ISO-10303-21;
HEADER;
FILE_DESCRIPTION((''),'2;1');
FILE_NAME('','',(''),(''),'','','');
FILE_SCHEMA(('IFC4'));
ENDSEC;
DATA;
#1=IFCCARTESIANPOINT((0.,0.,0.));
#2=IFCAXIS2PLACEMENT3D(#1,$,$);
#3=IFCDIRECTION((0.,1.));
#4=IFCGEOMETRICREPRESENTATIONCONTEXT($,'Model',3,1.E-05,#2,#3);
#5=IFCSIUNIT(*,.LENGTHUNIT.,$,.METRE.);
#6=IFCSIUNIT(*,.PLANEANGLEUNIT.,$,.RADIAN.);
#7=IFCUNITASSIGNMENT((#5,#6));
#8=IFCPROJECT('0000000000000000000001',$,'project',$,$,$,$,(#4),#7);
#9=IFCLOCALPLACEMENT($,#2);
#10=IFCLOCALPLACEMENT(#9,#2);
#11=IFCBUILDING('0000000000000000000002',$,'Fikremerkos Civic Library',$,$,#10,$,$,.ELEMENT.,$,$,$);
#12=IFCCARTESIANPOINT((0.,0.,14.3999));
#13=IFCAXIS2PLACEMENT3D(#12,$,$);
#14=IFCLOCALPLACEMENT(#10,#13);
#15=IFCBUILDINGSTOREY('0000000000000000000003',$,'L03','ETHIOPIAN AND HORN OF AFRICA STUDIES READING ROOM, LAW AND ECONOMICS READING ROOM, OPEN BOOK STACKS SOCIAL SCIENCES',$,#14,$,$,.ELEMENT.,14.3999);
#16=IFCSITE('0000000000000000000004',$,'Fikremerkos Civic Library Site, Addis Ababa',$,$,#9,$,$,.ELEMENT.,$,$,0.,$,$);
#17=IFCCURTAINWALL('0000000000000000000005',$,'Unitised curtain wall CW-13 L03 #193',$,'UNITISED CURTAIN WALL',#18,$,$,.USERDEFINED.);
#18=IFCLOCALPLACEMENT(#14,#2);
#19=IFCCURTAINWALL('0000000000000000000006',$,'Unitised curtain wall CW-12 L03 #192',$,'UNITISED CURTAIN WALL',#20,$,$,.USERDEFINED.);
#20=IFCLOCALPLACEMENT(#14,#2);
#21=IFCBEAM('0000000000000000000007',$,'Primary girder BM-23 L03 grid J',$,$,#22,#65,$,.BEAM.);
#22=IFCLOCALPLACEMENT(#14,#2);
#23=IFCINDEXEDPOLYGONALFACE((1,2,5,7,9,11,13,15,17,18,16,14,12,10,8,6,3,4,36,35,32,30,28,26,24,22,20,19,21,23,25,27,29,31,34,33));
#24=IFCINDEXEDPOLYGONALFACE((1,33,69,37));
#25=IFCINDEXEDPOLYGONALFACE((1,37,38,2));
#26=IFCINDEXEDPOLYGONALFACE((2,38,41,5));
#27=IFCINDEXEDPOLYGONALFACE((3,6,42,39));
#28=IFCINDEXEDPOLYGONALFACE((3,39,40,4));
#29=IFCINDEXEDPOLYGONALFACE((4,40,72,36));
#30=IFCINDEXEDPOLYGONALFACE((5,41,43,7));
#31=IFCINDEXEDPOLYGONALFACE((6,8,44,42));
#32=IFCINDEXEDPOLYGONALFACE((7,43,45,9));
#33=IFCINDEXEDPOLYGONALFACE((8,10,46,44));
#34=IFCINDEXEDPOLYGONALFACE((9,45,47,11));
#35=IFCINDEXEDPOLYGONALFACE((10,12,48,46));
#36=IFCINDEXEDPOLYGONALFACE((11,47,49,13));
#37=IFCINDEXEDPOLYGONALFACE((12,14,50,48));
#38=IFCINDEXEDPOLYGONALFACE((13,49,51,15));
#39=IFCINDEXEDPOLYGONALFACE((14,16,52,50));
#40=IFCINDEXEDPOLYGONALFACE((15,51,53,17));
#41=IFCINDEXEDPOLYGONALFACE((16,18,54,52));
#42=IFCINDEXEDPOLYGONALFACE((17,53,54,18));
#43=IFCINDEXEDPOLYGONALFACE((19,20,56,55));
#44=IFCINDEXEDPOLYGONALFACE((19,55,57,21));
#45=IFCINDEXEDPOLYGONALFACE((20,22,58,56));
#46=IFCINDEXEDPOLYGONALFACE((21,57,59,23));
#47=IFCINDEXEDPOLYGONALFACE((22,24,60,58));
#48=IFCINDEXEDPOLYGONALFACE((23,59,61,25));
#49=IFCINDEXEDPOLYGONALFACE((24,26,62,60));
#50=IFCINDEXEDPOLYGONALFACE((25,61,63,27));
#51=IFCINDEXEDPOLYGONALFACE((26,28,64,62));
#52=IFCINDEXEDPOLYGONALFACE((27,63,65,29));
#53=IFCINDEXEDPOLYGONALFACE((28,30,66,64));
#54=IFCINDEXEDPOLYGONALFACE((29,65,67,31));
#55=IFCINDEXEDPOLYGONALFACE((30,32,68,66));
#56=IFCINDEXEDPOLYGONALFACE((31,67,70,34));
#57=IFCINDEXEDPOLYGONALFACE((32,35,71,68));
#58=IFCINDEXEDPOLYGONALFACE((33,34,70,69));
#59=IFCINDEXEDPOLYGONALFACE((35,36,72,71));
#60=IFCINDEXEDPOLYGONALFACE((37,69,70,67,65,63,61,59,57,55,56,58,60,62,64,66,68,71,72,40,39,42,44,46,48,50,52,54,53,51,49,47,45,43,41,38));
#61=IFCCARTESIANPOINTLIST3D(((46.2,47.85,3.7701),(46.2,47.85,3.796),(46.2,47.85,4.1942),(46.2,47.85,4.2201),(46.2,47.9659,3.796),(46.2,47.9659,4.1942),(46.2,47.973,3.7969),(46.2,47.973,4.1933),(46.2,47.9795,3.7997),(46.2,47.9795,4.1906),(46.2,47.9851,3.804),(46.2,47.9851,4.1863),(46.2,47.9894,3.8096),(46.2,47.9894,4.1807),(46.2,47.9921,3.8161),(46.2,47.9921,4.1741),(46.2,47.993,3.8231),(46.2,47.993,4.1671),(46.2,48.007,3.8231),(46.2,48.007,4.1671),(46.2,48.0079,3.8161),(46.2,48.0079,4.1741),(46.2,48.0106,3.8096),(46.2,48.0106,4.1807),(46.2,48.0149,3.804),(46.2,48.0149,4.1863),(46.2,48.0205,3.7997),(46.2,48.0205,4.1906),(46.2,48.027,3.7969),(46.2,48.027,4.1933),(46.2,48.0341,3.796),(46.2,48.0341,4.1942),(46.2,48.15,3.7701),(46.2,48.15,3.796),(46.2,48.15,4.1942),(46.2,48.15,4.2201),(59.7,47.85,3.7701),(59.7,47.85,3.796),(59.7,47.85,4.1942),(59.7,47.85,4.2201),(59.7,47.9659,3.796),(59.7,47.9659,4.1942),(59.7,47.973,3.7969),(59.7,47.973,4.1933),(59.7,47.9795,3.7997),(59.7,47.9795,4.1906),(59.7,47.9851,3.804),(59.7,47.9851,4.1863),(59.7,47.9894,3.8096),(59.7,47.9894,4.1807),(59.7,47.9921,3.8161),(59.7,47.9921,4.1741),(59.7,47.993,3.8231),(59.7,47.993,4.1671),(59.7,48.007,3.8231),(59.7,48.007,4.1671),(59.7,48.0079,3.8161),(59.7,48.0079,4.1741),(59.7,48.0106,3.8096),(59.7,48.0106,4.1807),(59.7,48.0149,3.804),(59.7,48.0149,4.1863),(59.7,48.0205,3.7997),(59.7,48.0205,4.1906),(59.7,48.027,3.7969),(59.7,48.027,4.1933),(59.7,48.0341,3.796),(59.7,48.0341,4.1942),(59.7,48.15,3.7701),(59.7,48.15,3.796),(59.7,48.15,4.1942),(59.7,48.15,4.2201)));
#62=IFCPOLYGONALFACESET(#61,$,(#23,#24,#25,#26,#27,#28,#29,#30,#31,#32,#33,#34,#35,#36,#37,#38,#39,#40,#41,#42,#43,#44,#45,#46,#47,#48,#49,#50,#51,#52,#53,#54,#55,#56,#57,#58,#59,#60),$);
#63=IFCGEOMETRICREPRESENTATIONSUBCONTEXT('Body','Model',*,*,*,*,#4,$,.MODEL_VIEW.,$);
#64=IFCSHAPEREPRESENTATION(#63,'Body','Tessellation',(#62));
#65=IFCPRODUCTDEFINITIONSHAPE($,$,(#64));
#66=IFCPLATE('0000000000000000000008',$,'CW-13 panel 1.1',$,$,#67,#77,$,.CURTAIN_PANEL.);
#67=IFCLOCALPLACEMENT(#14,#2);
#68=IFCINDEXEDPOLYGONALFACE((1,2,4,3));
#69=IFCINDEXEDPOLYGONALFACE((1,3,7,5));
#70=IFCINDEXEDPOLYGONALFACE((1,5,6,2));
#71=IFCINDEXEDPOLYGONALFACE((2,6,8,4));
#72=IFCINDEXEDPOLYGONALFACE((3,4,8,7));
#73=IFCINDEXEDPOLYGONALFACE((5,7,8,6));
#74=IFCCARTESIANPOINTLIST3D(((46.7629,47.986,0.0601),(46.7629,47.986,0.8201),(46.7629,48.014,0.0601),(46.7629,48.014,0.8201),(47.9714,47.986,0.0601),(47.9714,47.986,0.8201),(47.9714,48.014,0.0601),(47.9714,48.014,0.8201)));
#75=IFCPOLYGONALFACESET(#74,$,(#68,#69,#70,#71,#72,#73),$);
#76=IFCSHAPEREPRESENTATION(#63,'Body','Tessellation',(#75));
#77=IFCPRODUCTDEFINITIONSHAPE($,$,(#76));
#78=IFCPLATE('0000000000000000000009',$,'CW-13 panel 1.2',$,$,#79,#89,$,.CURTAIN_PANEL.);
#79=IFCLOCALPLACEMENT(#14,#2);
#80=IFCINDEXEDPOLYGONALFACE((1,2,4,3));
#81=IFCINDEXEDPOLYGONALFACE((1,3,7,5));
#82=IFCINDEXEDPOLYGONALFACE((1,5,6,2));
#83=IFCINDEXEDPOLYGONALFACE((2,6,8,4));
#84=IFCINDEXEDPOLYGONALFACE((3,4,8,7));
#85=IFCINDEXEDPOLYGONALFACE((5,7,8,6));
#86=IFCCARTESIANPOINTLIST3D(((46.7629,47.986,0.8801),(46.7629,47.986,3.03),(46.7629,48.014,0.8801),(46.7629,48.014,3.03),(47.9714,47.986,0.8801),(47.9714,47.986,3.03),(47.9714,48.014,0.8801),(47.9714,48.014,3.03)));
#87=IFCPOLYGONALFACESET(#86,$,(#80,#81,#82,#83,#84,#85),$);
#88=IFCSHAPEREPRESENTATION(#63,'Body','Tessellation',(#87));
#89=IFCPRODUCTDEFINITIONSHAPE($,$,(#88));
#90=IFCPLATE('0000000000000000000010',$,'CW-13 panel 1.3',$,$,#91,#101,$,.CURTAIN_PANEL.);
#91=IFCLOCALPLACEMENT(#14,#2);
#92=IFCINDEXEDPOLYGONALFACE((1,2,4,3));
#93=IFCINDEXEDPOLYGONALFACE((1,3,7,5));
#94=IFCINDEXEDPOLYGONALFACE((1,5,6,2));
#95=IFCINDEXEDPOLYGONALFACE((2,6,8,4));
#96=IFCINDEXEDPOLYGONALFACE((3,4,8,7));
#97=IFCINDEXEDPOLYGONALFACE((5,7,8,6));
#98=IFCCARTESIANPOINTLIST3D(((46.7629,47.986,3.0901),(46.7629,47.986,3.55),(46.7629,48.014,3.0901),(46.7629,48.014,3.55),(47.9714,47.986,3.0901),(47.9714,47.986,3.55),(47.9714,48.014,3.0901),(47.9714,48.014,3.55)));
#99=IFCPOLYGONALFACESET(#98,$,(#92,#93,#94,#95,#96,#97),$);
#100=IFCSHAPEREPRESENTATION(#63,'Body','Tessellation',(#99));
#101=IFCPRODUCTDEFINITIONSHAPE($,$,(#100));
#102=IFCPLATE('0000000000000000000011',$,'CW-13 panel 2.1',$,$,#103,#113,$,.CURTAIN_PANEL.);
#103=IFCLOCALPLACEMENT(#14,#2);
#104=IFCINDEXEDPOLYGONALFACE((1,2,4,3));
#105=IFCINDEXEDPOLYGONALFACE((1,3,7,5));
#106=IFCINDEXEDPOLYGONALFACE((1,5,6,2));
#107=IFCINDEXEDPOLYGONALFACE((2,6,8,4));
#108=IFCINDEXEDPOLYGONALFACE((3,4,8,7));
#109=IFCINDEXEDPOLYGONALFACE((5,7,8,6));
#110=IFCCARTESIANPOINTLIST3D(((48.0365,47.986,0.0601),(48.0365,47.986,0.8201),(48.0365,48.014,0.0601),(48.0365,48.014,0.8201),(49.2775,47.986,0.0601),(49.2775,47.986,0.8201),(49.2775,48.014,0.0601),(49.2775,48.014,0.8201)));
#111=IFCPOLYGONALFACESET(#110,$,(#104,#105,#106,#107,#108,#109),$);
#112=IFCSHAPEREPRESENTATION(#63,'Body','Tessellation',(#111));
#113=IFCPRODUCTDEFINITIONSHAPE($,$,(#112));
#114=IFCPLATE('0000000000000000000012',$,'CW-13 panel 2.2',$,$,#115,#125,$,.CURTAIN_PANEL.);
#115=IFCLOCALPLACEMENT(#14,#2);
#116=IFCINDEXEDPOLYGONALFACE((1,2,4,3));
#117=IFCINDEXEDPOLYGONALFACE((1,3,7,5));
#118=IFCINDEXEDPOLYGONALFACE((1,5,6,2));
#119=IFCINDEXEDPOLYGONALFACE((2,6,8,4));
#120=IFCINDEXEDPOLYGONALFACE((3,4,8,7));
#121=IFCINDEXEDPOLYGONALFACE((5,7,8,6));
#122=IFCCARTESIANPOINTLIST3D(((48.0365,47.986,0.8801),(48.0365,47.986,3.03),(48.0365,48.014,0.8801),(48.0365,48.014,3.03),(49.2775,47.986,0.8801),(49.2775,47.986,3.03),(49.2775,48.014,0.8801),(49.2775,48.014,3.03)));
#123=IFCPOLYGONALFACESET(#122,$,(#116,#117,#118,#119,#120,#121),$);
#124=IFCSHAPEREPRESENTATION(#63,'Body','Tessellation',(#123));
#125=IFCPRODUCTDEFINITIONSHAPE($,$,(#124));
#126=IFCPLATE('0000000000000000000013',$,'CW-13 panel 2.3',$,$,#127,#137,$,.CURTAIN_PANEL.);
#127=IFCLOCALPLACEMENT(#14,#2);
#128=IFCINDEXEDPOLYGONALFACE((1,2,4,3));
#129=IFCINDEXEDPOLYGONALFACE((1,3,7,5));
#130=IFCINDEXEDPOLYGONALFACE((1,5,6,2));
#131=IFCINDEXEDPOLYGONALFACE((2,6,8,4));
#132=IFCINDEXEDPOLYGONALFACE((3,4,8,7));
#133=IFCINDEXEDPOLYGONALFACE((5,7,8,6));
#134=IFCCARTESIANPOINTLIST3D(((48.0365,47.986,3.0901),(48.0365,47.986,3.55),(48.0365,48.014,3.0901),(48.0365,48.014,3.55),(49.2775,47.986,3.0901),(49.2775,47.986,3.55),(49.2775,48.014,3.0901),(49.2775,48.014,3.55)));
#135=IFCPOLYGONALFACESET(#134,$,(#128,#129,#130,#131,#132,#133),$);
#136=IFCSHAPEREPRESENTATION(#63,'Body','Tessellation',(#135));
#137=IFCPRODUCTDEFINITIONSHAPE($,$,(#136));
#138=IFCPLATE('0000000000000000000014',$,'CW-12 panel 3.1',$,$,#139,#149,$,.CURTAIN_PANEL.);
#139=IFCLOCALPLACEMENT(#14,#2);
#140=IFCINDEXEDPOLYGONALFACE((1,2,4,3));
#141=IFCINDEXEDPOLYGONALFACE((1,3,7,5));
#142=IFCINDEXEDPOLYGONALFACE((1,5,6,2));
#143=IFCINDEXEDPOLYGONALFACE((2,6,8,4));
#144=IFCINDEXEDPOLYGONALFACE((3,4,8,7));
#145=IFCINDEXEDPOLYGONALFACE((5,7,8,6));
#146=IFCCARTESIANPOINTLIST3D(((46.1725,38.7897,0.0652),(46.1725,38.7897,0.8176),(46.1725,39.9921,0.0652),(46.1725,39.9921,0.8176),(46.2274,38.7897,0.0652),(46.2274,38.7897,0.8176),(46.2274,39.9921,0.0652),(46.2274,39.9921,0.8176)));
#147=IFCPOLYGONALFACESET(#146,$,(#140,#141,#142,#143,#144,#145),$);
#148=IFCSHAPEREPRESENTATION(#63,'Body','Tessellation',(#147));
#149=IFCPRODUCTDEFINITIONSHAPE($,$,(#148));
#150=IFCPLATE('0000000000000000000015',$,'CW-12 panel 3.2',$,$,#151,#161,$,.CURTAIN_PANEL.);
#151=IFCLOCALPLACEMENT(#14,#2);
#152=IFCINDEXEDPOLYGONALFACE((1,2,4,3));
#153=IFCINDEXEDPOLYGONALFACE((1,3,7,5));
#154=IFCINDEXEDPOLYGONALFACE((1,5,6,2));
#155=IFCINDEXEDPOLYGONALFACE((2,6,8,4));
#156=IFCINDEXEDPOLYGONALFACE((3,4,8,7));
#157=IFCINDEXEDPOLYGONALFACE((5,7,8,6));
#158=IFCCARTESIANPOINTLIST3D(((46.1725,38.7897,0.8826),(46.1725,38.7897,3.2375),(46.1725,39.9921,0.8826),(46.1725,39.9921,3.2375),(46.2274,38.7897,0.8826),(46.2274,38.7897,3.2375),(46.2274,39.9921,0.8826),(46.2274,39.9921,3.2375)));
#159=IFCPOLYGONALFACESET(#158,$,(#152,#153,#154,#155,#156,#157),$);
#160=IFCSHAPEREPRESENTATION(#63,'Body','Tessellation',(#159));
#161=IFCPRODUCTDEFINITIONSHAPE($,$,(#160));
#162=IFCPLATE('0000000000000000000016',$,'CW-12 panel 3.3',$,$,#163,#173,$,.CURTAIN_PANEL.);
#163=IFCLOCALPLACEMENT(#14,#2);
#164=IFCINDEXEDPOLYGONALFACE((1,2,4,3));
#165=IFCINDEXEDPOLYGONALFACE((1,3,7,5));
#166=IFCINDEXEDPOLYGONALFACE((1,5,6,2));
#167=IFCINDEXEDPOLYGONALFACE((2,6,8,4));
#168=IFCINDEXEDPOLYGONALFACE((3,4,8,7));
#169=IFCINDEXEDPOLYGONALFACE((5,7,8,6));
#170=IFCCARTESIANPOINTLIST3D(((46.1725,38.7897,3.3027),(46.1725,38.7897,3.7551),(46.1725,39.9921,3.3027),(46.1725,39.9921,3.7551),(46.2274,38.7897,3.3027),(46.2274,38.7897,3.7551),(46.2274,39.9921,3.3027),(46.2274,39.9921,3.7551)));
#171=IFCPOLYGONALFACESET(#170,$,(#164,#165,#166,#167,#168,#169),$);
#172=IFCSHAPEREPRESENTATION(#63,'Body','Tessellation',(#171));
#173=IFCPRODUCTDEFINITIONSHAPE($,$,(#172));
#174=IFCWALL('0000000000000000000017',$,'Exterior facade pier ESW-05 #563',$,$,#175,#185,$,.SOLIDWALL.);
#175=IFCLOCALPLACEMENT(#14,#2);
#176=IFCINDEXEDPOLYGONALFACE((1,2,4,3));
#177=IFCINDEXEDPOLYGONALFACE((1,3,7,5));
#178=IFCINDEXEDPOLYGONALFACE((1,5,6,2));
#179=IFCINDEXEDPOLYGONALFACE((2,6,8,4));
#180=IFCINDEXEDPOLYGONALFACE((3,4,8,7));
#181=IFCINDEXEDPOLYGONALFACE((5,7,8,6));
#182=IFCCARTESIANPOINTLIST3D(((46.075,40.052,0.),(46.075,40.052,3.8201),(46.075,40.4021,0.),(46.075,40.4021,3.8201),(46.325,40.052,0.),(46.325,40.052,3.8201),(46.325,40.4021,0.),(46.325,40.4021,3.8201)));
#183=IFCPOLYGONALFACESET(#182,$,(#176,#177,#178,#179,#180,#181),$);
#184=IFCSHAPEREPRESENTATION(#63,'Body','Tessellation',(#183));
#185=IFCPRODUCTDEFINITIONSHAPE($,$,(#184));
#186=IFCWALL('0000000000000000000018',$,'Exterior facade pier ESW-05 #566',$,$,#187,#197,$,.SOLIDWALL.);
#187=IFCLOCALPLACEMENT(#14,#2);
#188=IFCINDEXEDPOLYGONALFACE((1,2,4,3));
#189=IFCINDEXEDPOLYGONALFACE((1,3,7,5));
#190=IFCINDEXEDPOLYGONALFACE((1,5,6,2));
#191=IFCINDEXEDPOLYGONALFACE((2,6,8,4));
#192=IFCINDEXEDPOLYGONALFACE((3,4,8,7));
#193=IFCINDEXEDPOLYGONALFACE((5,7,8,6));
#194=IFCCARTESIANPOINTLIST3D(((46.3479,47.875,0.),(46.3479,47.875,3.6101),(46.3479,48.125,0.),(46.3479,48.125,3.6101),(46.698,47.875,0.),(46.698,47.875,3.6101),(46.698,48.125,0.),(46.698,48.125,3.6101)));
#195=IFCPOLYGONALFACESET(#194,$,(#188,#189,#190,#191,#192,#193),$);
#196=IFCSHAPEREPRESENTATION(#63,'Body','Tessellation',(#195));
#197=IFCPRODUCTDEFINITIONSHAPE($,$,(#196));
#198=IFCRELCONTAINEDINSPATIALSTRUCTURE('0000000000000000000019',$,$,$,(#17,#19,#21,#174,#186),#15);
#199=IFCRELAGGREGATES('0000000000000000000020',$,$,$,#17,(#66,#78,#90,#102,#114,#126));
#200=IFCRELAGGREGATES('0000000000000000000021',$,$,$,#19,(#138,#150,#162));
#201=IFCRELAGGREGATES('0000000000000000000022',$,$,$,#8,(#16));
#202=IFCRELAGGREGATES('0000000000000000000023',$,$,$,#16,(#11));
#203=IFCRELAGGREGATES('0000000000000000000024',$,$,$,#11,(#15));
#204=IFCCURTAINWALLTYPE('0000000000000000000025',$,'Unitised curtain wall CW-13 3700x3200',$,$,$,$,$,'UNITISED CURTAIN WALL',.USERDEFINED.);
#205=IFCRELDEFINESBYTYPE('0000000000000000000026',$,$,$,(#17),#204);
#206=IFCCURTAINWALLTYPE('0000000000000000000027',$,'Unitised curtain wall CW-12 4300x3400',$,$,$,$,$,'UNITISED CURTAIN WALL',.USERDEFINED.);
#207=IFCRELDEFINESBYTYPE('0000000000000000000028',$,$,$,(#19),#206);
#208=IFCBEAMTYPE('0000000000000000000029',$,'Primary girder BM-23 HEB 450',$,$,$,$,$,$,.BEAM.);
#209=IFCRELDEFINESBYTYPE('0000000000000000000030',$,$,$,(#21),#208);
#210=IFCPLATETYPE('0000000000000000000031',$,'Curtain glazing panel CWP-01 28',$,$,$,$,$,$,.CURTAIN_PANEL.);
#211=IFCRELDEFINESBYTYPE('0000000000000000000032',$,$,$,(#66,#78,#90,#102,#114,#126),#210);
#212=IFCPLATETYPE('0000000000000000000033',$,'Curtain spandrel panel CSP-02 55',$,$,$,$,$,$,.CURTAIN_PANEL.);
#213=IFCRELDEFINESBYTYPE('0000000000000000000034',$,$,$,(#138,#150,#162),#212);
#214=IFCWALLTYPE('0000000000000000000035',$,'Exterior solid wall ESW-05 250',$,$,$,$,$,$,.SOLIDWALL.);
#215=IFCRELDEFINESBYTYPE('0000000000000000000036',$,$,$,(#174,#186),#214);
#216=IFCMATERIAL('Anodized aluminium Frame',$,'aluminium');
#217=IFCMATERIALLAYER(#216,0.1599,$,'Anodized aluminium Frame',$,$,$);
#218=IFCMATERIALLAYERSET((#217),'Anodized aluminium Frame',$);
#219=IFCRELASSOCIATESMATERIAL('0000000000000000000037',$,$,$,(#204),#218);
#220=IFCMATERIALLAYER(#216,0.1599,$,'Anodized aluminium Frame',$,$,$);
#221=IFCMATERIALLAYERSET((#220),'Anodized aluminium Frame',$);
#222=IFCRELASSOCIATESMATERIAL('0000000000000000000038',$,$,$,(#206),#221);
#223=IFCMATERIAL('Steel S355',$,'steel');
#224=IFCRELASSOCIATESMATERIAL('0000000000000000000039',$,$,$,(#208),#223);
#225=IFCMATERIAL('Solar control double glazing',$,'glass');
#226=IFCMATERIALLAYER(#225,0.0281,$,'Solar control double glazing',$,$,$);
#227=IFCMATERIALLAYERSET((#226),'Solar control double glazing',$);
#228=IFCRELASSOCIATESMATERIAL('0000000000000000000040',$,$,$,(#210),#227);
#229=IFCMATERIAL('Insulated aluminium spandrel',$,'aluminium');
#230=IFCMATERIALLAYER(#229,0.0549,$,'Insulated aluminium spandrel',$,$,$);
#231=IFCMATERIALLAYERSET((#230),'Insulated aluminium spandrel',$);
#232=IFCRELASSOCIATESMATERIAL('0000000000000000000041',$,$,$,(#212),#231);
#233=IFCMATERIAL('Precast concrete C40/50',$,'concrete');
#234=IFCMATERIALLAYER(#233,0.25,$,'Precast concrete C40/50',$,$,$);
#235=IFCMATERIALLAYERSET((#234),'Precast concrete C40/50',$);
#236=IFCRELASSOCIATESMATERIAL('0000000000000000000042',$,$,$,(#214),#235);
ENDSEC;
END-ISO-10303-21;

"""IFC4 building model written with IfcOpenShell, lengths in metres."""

from ifc_helpers import new_model, si_unit, direction, frame, frame_2d, origin, origin_2d, place, context, subcontext, project, spatial, rectangle, i_section, extrude, material, layer, layer_set, material_profile, profile_set, type_object, element, aggregate, save


model = new_model("IFC4")

# Units and contexts
model_context = context("Model", 3, precision=1e-05, world=origin(), true_north=direction((0.0, 1.0)))
body_context = subcontext(model_context, "Body", "Model", "MODEL_VIEW")
ifc_project = project(units=[si_unit("LENGTHUNIT", "METRE"), si_unit("PLANEANGLEUNIT", "RADIAN")], contexts=[model_context])

# Site, building, storey
site_placement = place(None, origin())
site = spatial("IfcSite", under=ifc_project, at=site_placement, Name="Fikremerkos Civic Library Site, Addis Ababa", CompositionType="ELEMENT", RefElevation=0.0)
building_placement = place(site_placement, origin())
building = spatial("IfcBuilding", under=site, at=building_placement, Name="Fikremerkos Civic Library", CompositionType="ELEMENT")
storey_placement = place(building_placement, frame((0.0, 0.0, 14.3999)))
storey = spatial("IfcBuildingStorey", under=building, at=storey_placement, Name="L03", Description="ETHIOPIAN AND HORN OF AFRICA STUDIES READING ROOM, LAW AND ECONOMICS READING ROOM, OPEN BOOK STACKS SOCIAL SCIENCES", CompositionType="ELEMENT", Elevation=14.3999)

# Shared definitions
ifc_material_1 = material(Name="Steel S355", Category="steel")

# Curtain walls
ifc_material_2 = material(Name="Anodized aluminium Frame", Category="aluminium")
ifc_layer_1 = layer(ifc_material_2, 0.1599, Name="Anodized aluminium Frame")
ifc_layer_set_1 = layer_set([ifc_layer_1], Name="Anodized aluminium Frame")
curtain_wall_type_1 = type_object("IfcCurtainWallType", Name="Unitised curtain wall CW-13 3700x3200", ElementType="UNITISED CURTAIN WALL", PredefinedType="USERDEFINED", material=ifc_layer_set_1)
curtain_wall_1_placement = place(storey_placement, origin())
curtain_wall_1 = element("IfcCurtainWall", 1, at=curtain_wall_1_placement, inside=storey, type_object=curtain_wall_type_1, Name="Unitised curtain wall CW-13 L03 #193", ObjectType="UNITISED CURTAIN WALL", PredefinedType="USERDEFINED")
ifc_layer_2 = layer(ifc_material_2, 0.1599, Name="Anodized aluminium Frame")
ifc_layer_set_2 = layer_set([ifc_layer_2], Name="Anodized aluminium Frame")
curtain_wall_type_2 = type_object("IfcCurtainWallType", Name="Unitised curtain wall CW-12 4300x3400", ElementType="UNITISED CURTAIN WALL", PredefinedType="USERDEFINED", material=ifc_layer_set_2)
curtain_wall_2_placement = place(storey_placement, origin())
curtain_wall_2 = element("IfcCurtainWall", 2, at=curtain_wall_2_placement, inside=storey, type_object=curtain_wall_type_2, Name="Unitised curtain wall CW-12 L03 #192", ObjectType="UNITISED CURTAIN WALL", PredefinedType="USERDEFINED")

# Beam
ifc_material_profile_1 = material_profile(ifc_material_1, i_section(OverallWidth=0.3, OverallDepth=0.45, WebThickness=0.0139, FlangeThickness=0.0259, FilletRadius=0.0271, at=origin_2d()), Name="HEB 450")
ifc_profile_set_1 = profile_set([ifc_material_profile_1], Name="Steel S355")
beam_type_1 = type_object("IfcBeamType", Name="Primary girder BM-23 HEB 450", PredefinedType="BEAM", material=ifc_profile_set_1)
beam_1_placement = place(storey_placement, frame((46.2, 48.0, 3.9951), z_axis=(1.0, 0.0, 0.0), x_axis=(0.0, 1.0, 0.0)))
element("IfcBeam", 3, at=beam_1_placement, inside=storey, type_object=beam_type_1, Name="Primary girder BM-23 L03 grid J", PredefinedType="BEAM", context=body_context, shape_type="SweptSolid", body=[
    extrude(i_section(OverallWidth=0.3, OverallDepth=0.45, WebThickness=0.0139, FlangeThickness=0.0259, FilletRadius=0.0271, at=origin_2d()), origin(), (0.0, 0.0, 1.0), 13.5),
])

# Plates
ifc_material_3 = material(Name="Solar control double glazing", Category="glass")
ifc_layer_3 = layer(ifc_material_3, 0.0281, Name="Solar control double glazing")
ifc_layer_set_3 = layer_set([ifc_layer_3], Name="Solar control double glazing")
plate_type_1 = type_object("IfcPlateType", Name="Curtain glazing panel CWP-01 28", PredefinedType="CURTAIN_PANEL", material=ifc_layer_set_3)
plate_1_placement = place(storey_placement, frame((47.3672, 48.0, 0.0601), z_axis=(0.0, 0.0, 1.0), x_axis=(1.0, 0.0, 0.0)))
plate_1 = element("IfcPlate", 4, at=plate_1_placement, type_object=plate_type_1, Name="CW-13 panel 1.1", PredefinedType="CURTAIN_PANEL", context=body_context, shape_type="SweptSolid", body=[
    extrude(rectangle(XDim=1.2085, YDim=0.0281, at=origin_2d()), origin(), (0.0, 0.0, 1.0), 0.76),
])
plate_2_placement = place(storey_placement, frame((47.3672, 48.0, 0.8801), z_axis=(0.0, 0.0, 1.0), x_axis=(1.0, 0.0, 0.0)))
plate_2 = element("IfcPlate", 5, at=plate_2_placement, type_object=plate_type_1, Name="CW-13 panel 1.2", PredefinedType="CURTAIN_PANEL", context=body_context, shape_type="SweptSolid", body=[
    extrude(rectangle(XDim=1.2085, YDim=0.0281, at=origin_2d()), origin(), (0.0, 0.0, 1.0), 2.1499),
])
plate_3_placement = place(storey_placement, frame((47.3672, 48.0, 3.0901), z_axis=(0.0, 0.0, 1.0), x_axis=(1.0, 0.0, 0.0)))
plate_3 = element("IfcPlate", 6, at=plate_3_placement, type_object=plate_type_1, Name="CW-13 panel 1.3", PredefinedType="CURTAIN_PANEL", context=body_context, shape_type="SweptSolid", body=[
    extrude(rectangle(XDim=1.2085, YDim=0.0281, at=origin_2d()), origin(), (0.0, 0.0, 1.0), 0.46),
])
plate_4_placement = place(storey_placement, frame((48.657, 48.0, 0.0601), z_axis=(0.0, 0.0, 1.0), x_axis=(1.0, 0.0, 0.0)))
plate_4 = element("IfcPlate", 7, at=plate_4_placement, type_object=plate_type_1, Name="CW-13 panel 2.1", PredefinedType="CURTAIN_PANEL", context=body_context, shape_type="SweptSolid", body=[
    extrude(rectangle(XDim=1.241, YDim=0.0281, at=origin_2d()), origin(), (0.0, 0.0, 1.0), 0.76),
])
plate_5_placement = place(storey_placement, frame((48.657, 48.0, 0.8801), z_axis=(0.0, 0.0, 1.0), x_axis=(1.0, 0.0, 0.0)))
plate_5 = element("IfcPlate", 8, at=plate_5_placement, type_object=plate_type_1, Name="CW-13 panel 2.2", PredefinedType="CURTAIN_PANEL", context=body_context, shape_type="SweptSolid", body=[
    extrude(rectangle(XDim=1.241, YDim=0.0281, at=origin_2d()), origin(), (0.0, 0.0, 1.0), 2.1499),
])
plate_6_placement = place(storey_placement, frame((48.657, 48.0, 3.0901), z_axis=(0.0, 0.0, 1.0), x_axis=(1.0, 0.0, 0.0)))
plate_6 = element("IfcPlate", 9, at=plate_6_placement, type_object=plate_type_1, Name="CW-13 panel 2.3", PredefinedType="CURTAIN_PANEL", context=body_context, shape_type="SweptSolid", body=[
    extrude(rectangle(XDim=1.241, YDim=0.0281, at=origin_2d()), origin(), (0.0, 0.0, 1.0), 0.46),
])
aggregate(curtain_wall_1, [plate_1, plate_2, plate_3, plate_4, plate_5, plate_6])
ifc_material_4 = material(Name="Insulated aluminium spandrel", Category="aluminium")
ifc_layer_4 = layer(ifc_material_4, 0.0549, Name="Insulated aluminium spandrel")
ifc_layer_set_4 = layer_set([ifc_layer_4], Name="Insulated aluminium spandrel")
plate_type_2 = type_object("IfcPlateType", Name="Curtain spandrel panel CSP-02 55", PredefinedType="CURTAIN_PANEL", material=ifc_layer_set_4)
plate_7_placement = place(storey_placement, frame((46.2, 39.3909, 0.0652), z_axis=(0.0, 0.0, 1.0), x_axis=(0.0, 1.0, 0.0)))
plate_7 = element("IfcPlate", 10, at=plate_7_placement, type_object=plate_type_2, Name="CW-12 panel 3.1", PredefinedType="CURTAIN_PANEL", context=body_context, shape_type="SweptSolid", body=[
    extrude(rectangle(XDim=1.2024, YDim=0.0549, at=origin_2d()), origin(), (0.0, 0.0, 1.0), 0.7524),
])
plate_8_placement = place(storey_placement, frame((46.2, 39.3909, 0.8826), z_axis=(0.0, 0.0, 1.0), x_axis=(0.0, 1.0, 0.0)))
plate_8 = element("IfcPlate", 11, at=plate_8_placement, type_object=plate_type_2, Name="CW-12 panel 3.2", PredefinedType="CURTAIN_PANEL", context=body_context, shape_type="SweptSolid", body=[
    extrude(rectangle(XDim=1.2024, YDim=0.0549, at=origin_2d()), origin(), (0.0, 0.0, 1.0), 2.355),
])
plate_9_placement = place(storey_placement, frame((46.2, 39.3909, 3.3027), z_axis=(0.0, 0.0, 1.0), x_axis=(0.0, 1.0, 0.0)))
plate_9 = element("IfcPlate", 12, at=plate_9_placement, type_object=plate_type_2, Name="CW-12 panel 3.3", PredefinedType="CURTAIN_PANEL", context=body_context, shape_type="SweptSolid", body=[
    extrude(rectangle(XDim=1.2024, YDim=0.0549, at=origin_2d()), origin(), (0.0, 0.0, 1.0), 0.4524),
])
aggregate(curtain_wall_2, [plate_7, plate_8, plate_9])

# Walls
ifc_material_5 = material(Name="Precast concrete C40/50", Category="concrete")
ifc_layer_5 = layer(ifc_material_5, 0.25, Name="Precast concrete C40/50")
ifc_layer_set_5 = layer_set([ifc_layer_5], Name="Precast concrete C40/50")
wall_type_1 = type_object("IfcWallType", Name="Exterior solid wall ESW-05 250", PredefinedType="SOLIDWALL", material=ifc_layer_set_5)
wall_1_placement = place(storey_placement, frame((46.2, 40.052, 0.0), z_axis=(0.0, 0.0, 1.0), x_axis=(0.0, 1.0, 0.0)))
element("IfcWall", 13, at=wall_1_placement, inside=storey, type_object=wall_type_1, Name="Exterior facade pier ESW-05 #563", PredefinedType="SOLIDWALL", context=body_context, shape_type="SweptSolid", body=[
    extrude(rectangle(XDim=0.3501, YDim=0.25, at=frame_2d((0.175, 0.0))), origin(), (0.0, 0.0, 1.0), 3.8201),
])
wall_2_placement = place(storey_placement, frame((46.3479, 48.0, 0.0), z_axis=(0.0, 0.0, 1.0), x_axis=(1.0, 0.0, 0.0)))
element("IfcWall", 14, at=wall_2_placement, inside=storey, type_object=wall_type_1, Name="Exterior facade pier ESW-05 #566", PredefinedType="SOLIDWALL", context=body_context, shape_type="SweptSolid", body=[
    extrude(rectangle(XDim=0.3501, YDim=0.25, at=frame_2d((0.175, 0.0))), origin(), (0.0, 0.0, 1.0), 3.6101),
])

save(model, "model.ifc")
